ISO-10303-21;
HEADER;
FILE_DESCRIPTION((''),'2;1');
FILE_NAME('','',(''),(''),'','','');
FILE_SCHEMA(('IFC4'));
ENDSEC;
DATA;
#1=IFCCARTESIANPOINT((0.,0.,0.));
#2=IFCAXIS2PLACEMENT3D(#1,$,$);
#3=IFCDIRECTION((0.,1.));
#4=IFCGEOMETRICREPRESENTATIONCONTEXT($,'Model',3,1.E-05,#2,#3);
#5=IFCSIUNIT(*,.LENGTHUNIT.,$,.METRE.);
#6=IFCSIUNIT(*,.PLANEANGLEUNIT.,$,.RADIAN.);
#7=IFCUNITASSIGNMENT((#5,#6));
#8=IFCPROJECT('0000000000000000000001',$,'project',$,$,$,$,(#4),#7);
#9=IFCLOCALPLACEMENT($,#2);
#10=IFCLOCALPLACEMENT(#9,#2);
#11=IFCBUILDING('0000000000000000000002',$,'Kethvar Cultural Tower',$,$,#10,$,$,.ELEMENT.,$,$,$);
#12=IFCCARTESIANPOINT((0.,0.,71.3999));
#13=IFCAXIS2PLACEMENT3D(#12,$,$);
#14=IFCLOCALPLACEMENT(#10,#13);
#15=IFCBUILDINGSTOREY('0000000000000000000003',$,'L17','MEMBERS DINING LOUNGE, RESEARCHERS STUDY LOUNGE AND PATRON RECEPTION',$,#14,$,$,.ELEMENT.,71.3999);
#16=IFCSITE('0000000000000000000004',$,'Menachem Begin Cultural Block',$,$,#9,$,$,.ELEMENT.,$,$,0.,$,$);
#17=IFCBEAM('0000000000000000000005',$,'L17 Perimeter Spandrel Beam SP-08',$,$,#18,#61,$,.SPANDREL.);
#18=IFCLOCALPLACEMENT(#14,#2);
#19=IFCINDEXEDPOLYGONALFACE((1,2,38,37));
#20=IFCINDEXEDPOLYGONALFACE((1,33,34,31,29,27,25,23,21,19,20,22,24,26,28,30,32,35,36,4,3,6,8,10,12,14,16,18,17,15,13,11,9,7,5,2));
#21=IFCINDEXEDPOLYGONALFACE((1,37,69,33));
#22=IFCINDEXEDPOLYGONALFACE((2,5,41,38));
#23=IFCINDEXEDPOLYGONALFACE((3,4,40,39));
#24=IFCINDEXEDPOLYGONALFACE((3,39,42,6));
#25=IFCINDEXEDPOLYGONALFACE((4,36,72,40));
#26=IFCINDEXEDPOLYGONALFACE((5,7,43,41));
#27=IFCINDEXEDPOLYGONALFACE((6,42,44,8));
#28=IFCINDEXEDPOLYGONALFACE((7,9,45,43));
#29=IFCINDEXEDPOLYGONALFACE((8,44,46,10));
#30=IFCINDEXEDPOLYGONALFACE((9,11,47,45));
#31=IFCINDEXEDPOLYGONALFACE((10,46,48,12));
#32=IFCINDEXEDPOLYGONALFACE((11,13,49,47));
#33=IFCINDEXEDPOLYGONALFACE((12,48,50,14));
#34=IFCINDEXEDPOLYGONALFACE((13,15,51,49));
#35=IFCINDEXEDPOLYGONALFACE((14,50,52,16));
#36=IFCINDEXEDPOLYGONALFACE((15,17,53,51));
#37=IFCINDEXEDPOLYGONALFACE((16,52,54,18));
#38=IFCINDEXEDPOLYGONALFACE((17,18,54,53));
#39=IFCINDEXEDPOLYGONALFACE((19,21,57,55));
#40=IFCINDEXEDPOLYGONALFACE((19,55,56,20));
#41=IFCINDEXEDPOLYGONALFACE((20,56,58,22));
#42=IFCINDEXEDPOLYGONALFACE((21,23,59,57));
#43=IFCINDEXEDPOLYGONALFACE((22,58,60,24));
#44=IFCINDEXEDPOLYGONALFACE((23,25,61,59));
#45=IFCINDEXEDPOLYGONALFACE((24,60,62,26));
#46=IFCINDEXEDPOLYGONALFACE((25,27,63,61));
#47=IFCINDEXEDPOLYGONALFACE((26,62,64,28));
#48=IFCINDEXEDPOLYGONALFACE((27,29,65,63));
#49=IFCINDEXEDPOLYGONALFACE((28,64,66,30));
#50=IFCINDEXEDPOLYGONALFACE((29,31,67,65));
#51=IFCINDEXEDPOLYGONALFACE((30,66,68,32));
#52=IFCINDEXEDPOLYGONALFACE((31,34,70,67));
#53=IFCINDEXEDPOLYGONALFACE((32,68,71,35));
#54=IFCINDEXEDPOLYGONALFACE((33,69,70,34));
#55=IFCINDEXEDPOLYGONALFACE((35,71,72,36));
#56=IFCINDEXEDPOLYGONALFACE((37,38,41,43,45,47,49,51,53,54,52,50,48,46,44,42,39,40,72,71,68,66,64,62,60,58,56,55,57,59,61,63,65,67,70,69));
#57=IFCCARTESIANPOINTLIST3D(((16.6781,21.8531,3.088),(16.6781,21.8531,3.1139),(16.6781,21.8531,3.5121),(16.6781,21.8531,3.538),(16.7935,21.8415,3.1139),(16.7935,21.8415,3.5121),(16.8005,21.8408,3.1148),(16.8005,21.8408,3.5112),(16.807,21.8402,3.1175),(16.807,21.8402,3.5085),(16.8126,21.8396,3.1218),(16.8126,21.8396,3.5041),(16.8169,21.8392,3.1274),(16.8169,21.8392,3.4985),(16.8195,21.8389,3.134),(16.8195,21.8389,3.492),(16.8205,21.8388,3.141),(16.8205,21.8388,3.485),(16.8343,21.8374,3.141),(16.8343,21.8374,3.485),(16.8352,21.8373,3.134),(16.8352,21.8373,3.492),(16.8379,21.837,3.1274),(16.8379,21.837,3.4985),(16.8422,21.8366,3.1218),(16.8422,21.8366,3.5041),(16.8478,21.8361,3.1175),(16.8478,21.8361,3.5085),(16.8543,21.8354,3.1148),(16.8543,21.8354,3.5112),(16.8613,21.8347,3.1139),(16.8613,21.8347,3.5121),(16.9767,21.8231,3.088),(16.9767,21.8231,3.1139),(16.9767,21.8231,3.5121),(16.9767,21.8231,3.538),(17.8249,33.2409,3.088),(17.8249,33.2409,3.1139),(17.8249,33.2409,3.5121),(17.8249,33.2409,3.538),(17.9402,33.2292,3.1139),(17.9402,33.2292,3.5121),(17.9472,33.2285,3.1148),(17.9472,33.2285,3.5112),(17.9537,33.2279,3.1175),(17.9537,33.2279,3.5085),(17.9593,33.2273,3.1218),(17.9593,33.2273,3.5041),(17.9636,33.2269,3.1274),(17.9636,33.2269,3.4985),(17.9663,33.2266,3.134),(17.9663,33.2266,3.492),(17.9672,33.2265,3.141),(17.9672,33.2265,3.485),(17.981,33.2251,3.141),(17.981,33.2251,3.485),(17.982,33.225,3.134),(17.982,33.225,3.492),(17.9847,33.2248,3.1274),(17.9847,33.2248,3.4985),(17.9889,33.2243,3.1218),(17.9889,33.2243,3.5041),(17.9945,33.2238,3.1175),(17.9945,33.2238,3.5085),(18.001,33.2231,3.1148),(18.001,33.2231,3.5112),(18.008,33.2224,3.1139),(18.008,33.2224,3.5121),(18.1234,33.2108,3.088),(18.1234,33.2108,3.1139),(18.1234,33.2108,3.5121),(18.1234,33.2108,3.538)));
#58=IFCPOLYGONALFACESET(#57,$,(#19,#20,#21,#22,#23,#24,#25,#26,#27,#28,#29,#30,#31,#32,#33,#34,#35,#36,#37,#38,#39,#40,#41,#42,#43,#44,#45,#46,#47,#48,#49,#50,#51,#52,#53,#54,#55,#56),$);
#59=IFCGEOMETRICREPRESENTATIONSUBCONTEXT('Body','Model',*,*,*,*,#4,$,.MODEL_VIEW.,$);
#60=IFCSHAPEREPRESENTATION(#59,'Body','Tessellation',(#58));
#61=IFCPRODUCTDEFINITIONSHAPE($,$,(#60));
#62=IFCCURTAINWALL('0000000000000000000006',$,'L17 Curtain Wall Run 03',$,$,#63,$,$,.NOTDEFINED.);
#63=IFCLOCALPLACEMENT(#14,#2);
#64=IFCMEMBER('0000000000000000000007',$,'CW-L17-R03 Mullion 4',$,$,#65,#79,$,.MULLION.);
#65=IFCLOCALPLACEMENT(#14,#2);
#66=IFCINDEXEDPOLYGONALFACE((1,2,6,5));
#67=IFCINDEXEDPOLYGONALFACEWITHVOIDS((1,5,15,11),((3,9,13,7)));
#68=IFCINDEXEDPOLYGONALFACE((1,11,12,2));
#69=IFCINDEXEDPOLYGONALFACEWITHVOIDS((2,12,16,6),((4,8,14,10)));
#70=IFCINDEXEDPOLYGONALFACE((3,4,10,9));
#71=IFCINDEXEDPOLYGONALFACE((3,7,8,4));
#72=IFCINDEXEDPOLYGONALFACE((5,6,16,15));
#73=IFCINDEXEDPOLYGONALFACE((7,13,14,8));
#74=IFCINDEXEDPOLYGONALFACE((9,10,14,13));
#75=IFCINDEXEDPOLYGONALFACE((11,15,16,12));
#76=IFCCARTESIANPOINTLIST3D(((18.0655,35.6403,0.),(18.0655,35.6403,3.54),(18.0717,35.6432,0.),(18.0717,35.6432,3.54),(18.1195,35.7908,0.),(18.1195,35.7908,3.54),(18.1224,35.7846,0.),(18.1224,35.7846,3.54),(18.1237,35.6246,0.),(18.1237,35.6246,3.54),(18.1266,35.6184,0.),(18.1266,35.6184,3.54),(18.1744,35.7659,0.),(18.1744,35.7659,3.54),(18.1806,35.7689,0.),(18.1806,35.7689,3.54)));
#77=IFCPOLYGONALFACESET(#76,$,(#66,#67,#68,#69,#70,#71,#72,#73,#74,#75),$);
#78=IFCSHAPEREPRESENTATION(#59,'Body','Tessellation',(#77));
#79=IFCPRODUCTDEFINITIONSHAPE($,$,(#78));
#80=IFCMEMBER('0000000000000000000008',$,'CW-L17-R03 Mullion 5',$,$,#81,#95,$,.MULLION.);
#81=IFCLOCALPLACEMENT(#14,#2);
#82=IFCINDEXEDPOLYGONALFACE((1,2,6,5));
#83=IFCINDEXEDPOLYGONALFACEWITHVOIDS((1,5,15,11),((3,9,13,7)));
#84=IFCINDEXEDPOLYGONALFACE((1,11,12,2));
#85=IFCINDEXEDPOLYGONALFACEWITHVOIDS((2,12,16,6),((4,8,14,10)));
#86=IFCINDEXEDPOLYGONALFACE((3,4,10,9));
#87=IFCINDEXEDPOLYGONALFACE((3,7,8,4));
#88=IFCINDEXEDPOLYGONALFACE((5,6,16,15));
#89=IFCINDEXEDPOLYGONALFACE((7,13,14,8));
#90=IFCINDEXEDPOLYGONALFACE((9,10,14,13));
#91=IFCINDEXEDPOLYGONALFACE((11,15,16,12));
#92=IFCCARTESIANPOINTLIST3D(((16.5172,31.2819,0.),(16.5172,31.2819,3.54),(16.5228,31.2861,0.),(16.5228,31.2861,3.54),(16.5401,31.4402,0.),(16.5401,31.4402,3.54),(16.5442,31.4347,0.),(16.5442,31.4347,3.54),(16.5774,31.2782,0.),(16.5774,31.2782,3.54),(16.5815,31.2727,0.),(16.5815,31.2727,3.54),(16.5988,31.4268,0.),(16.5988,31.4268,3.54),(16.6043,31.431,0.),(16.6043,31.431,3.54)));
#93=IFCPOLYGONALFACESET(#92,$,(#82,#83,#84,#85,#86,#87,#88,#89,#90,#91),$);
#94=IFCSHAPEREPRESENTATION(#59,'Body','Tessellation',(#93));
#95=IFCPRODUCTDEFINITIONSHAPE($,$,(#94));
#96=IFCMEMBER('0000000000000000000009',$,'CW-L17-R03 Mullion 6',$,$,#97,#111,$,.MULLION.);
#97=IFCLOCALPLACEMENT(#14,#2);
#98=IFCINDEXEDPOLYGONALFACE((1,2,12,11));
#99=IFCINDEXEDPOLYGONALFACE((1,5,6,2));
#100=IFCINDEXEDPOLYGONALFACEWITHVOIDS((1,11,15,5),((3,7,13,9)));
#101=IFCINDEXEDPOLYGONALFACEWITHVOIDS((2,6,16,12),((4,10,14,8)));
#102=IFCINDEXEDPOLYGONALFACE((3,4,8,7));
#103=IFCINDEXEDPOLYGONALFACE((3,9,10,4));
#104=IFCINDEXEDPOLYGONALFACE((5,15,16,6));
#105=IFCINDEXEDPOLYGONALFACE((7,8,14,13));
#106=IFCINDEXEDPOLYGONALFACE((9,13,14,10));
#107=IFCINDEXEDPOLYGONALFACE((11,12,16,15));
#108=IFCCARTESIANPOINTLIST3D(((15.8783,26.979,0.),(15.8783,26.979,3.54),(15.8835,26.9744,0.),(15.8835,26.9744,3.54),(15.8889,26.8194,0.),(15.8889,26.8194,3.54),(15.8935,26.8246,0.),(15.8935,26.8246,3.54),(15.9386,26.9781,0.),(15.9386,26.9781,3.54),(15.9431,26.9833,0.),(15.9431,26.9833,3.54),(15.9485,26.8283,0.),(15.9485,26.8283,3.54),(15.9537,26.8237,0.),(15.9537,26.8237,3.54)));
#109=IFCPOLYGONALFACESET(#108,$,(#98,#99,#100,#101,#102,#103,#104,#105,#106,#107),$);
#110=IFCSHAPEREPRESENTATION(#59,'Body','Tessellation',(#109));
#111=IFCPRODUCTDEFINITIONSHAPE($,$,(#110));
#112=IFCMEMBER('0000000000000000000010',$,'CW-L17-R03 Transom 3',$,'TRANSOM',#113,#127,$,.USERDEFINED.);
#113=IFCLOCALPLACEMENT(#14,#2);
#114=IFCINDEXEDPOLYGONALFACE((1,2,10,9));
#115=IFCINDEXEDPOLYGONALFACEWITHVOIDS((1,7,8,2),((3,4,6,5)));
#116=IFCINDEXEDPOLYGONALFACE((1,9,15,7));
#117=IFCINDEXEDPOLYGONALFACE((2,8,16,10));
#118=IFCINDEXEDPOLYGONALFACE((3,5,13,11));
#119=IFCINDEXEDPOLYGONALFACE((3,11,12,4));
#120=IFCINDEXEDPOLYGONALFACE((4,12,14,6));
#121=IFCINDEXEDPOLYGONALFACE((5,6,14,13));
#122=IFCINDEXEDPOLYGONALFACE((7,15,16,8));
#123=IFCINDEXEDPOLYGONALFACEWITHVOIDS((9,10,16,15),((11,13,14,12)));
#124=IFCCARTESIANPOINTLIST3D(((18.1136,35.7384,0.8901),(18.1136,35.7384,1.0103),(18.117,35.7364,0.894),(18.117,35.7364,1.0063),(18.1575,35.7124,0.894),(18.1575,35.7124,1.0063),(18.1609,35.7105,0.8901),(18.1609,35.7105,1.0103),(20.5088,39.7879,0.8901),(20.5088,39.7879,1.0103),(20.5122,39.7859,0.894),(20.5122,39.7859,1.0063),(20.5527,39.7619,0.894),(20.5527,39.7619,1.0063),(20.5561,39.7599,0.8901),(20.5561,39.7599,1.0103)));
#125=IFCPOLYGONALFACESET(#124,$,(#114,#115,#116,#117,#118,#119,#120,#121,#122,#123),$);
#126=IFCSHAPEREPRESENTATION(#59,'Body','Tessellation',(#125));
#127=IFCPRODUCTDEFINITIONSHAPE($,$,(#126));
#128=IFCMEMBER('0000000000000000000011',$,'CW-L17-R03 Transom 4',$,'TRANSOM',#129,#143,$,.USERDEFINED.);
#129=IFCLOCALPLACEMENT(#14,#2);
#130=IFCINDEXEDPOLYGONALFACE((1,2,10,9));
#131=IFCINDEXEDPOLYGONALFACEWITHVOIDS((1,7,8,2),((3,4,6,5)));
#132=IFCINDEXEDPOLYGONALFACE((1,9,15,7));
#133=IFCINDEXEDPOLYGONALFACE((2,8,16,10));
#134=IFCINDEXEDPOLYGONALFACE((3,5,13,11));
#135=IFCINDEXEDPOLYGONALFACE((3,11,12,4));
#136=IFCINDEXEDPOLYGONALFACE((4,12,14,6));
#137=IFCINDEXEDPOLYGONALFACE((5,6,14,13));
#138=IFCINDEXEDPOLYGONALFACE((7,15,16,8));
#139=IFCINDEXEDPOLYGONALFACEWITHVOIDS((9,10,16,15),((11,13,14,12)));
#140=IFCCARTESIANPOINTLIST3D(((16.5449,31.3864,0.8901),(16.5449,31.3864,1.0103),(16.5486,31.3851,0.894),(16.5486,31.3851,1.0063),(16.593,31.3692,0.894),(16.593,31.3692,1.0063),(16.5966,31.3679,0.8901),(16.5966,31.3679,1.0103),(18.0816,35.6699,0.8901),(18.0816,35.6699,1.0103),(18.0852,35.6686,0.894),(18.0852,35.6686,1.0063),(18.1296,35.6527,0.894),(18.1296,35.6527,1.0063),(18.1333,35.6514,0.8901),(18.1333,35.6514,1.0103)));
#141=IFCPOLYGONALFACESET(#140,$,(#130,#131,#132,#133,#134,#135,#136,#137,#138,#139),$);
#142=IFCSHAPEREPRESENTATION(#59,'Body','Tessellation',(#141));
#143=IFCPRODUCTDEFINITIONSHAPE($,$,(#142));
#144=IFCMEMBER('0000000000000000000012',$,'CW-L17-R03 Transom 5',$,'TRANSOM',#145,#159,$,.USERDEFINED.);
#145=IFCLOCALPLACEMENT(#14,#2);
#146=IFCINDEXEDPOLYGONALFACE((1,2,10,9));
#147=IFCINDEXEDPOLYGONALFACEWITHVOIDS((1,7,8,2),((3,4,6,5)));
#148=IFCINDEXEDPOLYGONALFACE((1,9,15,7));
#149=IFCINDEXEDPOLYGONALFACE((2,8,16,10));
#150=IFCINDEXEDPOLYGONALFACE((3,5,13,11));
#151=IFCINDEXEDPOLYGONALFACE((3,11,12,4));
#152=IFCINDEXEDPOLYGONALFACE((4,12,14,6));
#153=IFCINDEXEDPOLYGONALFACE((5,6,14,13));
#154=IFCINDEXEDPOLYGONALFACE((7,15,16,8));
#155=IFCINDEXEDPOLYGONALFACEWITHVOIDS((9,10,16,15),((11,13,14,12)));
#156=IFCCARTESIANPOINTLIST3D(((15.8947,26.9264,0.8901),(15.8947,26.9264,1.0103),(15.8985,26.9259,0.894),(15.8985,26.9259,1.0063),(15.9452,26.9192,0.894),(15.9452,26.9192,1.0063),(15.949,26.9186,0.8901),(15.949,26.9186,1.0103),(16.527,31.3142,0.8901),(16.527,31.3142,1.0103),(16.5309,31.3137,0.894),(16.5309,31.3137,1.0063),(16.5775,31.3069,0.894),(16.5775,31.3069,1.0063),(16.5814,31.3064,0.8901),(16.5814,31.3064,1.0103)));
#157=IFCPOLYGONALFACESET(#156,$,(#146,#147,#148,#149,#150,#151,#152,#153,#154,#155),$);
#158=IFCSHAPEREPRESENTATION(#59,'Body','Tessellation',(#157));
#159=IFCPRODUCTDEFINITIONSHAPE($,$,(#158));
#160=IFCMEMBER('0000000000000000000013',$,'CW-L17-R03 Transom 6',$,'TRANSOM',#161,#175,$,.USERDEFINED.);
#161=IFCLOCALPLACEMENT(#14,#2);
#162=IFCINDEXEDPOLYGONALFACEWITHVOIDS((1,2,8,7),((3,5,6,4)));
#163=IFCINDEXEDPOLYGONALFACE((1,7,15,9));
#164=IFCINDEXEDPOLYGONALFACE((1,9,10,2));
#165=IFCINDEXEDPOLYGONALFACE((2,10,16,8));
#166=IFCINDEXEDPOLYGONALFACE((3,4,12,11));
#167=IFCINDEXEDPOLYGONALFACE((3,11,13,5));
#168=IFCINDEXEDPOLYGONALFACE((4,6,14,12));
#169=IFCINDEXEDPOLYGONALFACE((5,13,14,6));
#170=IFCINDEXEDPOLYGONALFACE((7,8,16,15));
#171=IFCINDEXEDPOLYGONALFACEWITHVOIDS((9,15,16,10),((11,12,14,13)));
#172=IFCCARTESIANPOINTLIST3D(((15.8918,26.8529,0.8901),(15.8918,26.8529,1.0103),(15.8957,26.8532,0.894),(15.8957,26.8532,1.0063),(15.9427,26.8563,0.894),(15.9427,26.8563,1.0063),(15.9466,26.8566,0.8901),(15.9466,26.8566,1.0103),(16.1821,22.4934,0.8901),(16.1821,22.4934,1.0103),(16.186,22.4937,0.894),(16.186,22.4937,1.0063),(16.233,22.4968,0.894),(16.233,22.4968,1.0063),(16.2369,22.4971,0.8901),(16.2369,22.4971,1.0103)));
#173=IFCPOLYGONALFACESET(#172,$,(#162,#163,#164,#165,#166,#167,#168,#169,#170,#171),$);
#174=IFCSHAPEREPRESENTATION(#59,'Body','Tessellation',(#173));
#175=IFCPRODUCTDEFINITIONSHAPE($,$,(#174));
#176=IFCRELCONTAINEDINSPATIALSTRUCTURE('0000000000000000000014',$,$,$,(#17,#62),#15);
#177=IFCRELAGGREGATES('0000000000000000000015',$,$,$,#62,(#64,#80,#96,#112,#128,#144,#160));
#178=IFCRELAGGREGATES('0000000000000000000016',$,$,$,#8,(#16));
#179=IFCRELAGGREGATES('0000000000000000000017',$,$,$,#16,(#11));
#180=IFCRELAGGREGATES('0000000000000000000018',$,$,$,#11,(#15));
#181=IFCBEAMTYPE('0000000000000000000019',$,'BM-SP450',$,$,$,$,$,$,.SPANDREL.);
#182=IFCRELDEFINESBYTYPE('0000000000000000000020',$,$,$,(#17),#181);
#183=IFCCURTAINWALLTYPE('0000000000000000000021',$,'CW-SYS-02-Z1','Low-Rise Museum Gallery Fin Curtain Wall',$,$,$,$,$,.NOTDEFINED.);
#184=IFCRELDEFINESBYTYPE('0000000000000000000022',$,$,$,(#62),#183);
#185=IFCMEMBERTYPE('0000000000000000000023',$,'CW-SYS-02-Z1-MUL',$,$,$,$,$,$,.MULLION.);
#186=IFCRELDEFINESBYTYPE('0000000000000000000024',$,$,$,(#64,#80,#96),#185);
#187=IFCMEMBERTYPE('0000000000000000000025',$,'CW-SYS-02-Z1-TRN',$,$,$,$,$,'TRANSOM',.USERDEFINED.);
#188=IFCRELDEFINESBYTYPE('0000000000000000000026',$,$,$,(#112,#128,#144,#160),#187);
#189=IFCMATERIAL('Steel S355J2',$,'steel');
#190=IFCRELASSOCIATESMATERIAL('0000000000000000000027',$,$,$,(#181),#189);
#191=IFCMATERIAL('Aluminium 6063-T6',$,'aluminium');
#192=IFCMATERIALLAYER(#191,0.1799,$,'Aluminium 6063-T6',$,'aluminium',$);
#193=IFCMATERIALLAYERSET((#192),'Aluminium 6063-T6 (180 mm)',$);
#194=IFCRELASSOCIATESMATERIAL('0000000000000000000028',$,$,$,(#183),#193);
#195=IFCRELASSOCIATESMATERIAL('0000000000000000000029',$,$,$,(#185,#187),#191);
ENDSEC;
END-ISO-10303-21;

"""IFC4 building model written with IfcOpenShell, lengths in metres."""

from ifc_helpers import new_model, si_unit, direction, frame, origin, origin_2d, place, context, subcontext, project, spatial, hollow_rectangle, i_section, extrude, source, transform, mapped, material, layer, layer_set, material_profile, profile_set, type_object, element, aggregate, save


model = new_model("IFC4")

# Units and contexts
model_context = context("Model", 3, precision=1e-05, world=origin(), true_north=direction((0.0, 1.0)))
body_context = subcontext(model_context, "Body", "Model", "MODEL_VIEW")
ifc_project = project(units=[si_unit("LENGTHUNIT", "METRE"), si_unit("PLANEANGLEUNIT", "RADIAN")], contexts=[model_context])

# Site, building, storey
site_placement = place(None, origin())
site = spatial("IfcSite", under=ifc_project, at=site_placement, Name="Menachem Begin Cultural Block", CompositionType="ELEMENT", RefElevation=0.0)
building_placement = place(site_placement, origin())
building = spatial("IfcBuilding", under=site, at=building_placement, Name="Kethvar Cultural Tower", CompositionType="ELEMENT")
storey_placement = place(building_placement, frame((0.0, 0.0, 71.3999)))
storey = spatial("IfcBuildingStorey", under=building, at=storey_placement, Name="L17", Description="MEMBERS DINING LOUNGE, RESEARCHERS STUDY LOUNGE AND PATRON RECEPTION", CompositionType="ELEMENT", Elevation=71.3999)

# Beam
ifc_material_1 = material(Name="Steel S355J2", Category="steel")
ifc_material_profile_1 = material_profile(ifc_material_1, i_section(OverallWidth=0.3, OverallDepth=0.45, WebThickness=0.0139, FlangeThickness=0.0259, FilletRadius=0.0271, at=origin_2d()), Name="Steel S355J2 — HEB450")
ifc_profile_set_1 = profile_set([ifc_material_profile_1], Name="Steel S355J2 — HEB450")
beam_type_1 = type_object("IfcBeamType", Name="BM-SP450", PredefinedType="SPANDREL", material=ifc_profile_set_1)
shared_shape_1 = source(origin(), body_context, "Body", "SweptSolid", [
    extrude(i_section(OverallWidth=0.3, OverallDepth=0.45, WebThickness=0.0139, FlangeThickness=0.0259, FilletRadius=0.0271, at=origin_2d()), origin(), (0.0, 0.0, 1.0), 11.4453),
])
beam_1_placement = place(storey_placement, frame((17.9741, 33.2258, 3.313), z_axis=(-0.100192, -0.994968, 0.0), x_axis=(0.994968, -0.100192, 0.0)))
element("IfcBeam", 1, at=beam_1_placement, inside=storey, type_object=beam_type_1, Name="L17 Perimeter Spandrel Beam SP-08", PredefinedType="SPANDREL", context=body_context, shape_type="MappedRepresentation", body=[
    mapped(shared_shape_1, transform((0.0, 0.0, 0.0), scale=1.0)),
])

# Curtain wall, members
ifc_material_2 = material(Name="Aluminium 6063-T6", Category="aluminium")
ifc_layer_1 = layer(ifc_material_2, 0.1799, Name="Aluminium 6063-T6", Category="aluminium")
ifc_layer_set_1 = layer_set([ifc_layer_1], Name="Aluminium 6063-T6 (180 mm)")
curtain_wall_type = type_object("IfcCurtainWallType", Name="CW-SYS-02-Z1", Description="Low-Rise Museum Gallery Fin Curtain Wall", PredefinedType="NOTDEFINED", material=ifc_layer_set_1)
curtain_wall_placement = place(storey_placement, origin())
curtain_wall = element("IfcCurtainWall", 2, at=curtain_wall_placement, inside=storey, type_object=curtain_wall_type, Name="L17 Curtain Wall Run 03", PredefinedType="NOTDEFINED")
ifc_material_profile_2 = material_profile(ifc_material_2, hollow_rectangle(XDim=0.0649, YDim=0.1599, WallThickness=0.0049, at=origin_2d()), Name="Aluminium 6063-T6 — RHS160x65x5")
ifc_profile_set_2 = profile_set([ifc_material_profile_2], Name="Aluminium 6063-T6 — RHS160x65x5")
member_type_1 = type_object("IfcMemberType", Name="CW-SYS-02-Z1-MUL", PredefinedType="MULLION", material=ifc_profile_set_2)
shared_shape_2 = source(origin(), body_context, "Body", "SweptSolid", [
    extrude(hollow_rectangle(XDim=0.0649, YDim=0.1599, WallThickness=0.0049, at=origin_2d()), origin(), (0.0, 0.0, 1.0), 3.54),
])
member_1_placement = place(storey_placement, frame((18.123, 35.7046, 0.0), z_axis=(0.0, 0.0, 1.0), x_axis=(0.941282, -0.337621, 0.0)))
member_1 = element("IfcMember", 3, at=member_1_placement, type_object=member_type_1, Name="CW-L17-R03 Mullion 4", PredefinedType="MULLION", context=body_context, shape_type="MappedRepresentation", body=[
    mapped(shared_shape_2, transform((0.0, 0.0, 0.0), scale=1.0)),
])
member_2_placement = place(storey_placement, frame((16.5608, 31.3564, 0.0), z_axis=(0.0, 0.0, 1.0), x_axis=(0.989774, -0.142646, 0.0)))
member_2 = element("IfcMember", 4, at=member_2_placement, type_object=member_type_1, Name="CW-L17-R03 Mullion 5", PredefinedType="MULLION", context=body_context, shape_type="MappedRepresentation", body=[
    mapped(shared_shape_2, transform((0.0, 0.0, 0.0), scale=1.0)),
])
member_3_placement = place(storey_placement, frame((15.916, 26.9014, 0.0), z_axis=(0.0, 0.0, 1.0), x_axis=(0.997792, 0.066413, 0.0)))
member_3 = element("IfcMember", 5, at=member_3_placement, type_object=member_type_1, Name="CW-L17-R03 Mullion 6", PredefinedType="MULLION", context=body_context, shape_type="MappedRepresentation", body=[
    mapped(shared_shape_2, transform((0.0, 0.0, 0.0), scale=1.0)),
])
ifc_material_profile_3 = material_profile(ifc_material_2, hollow_rectangle(XDim=0.0549, YDim=0.1201, WallThickness=0.0039, at=origin_2d()), Name="Aluminium 6063-T6 — RHS120x55x4")
ifc_profile_set_3 = profile_set([ifc_material_profile_3], Name="Aluminium 6063-T6 — RHS120x55x4")
member_type_2 = type_object("IfcMemberType", Name="CW-SYS-02-Z1-TRN", ElementType="TRANSOM", PredefinedType="USERDEFINED", material=ifc_profile_set_3)
shared_shape_3 = source(origin(), body_context, "Body", "SweptSolid", [
    extrude(hollow_rectangle(XDim=0.0549, YDim=0.1201, WallThickness=0.0039, at=origin_2d()), origin(), (0.0, 0.0, 1.0), 4.7048),
])
member_4_placement = place(storey_placement, frame((20.5325, 39.7739, 0.9502), z_axis=(-0.509098, -0.860708, 0.0), x_axis=(0.860708, -0.509098, 0.0)))
member_4 = element("IfcMember", 6, at=member_4_placement, type_object=member_type_2, Name="CW-L17-R03 Transom 3", ObjectType="TRANSOM", PredefinedType="USERDEFINED", context=body_context, shape_type="MappedRepresentation", body=[
    mapped(shared_shape_3, transform((0.0, 0.0, 0.0), scale=1.0)),
])
shared_shape_4 = source(origin(), body_context, "Body", "SweptSolid", [
    extrude(hollow_rectangle(XDim=0.0549, YDim=0.1201, WallThickness=0.0039, at=origin_2d()), origin(), (0.0, 0.0, 1.0), 4.5508),
])
member_5_placement = place(storey_placement, frame((18.1074, 35.6606, 0.9502), z_axis=(-0.337665, -0.941266, 0.0), x_axis=(0.941266, -0.337665, 0.0)))
member_5 = element("IfcMember", 7, at=member_5_placement, type_object=member_type_2, Name="CW-L17-R03 Transom 4", ObjectType="TRANSOM", PredefinedType="USERDEFINED", context=body_context, shape_type="MappedRepresentation", body=[
    mapped(shared_shape_4, transform((0.0, 0.0, 0.0), scale=1.0)),
])
shared_shape_5 = source(origin(), body_context, "Body", "SweptSolid", [
    extrude(hollow_rectangle(XDim=0.0549, YDim=0.1201, WallThickness=0.0039, at=origin_2d()), origin(), (0.0, 0.0, 1.0), 4.4331),
])
member_6_placement = place(storey_placement, frame((16.5542, 31.3103, 0.9502), z_axis=(-0.142639, -0.989775, 0.0), x_axis=(0.989775, -0.142639, 0.0)))
member_6 = element("IfcMember", 8, at=member_6_placement, type_object=member_type_2, Name="CW-L17-R03 Transom 5", ObjectType="TRANSOM", PredefinedType="USERDEFINED", context=body_context, shape_type="MappedRepresentation", body=[
    mapped(shared_shape_5, transform((0.0, 0.0, 0.0), scale=1.0)),
])
shared_shape_6 = source(origin(), body_context, "Body", "SweptSolid", [
    extrude(hollow_rectangle(XDim=0.0549, YDim=0.1201, WallThickness=0.0039, at=origin_2d()), origin(), (0.0, 0.0, 1.0), 4.3691),
])
member_7_placement = place(storey_placement, frame((15.9192, 26.8547, 0.9502), z_axis=(0.066441, -0.99779, 0.0), x_axis=(0.99779, 0.066441, 0.0)))
member_7 = element("IfcMember", 9, at=member_7_placement, type_object=member_type_2, Name="CW-L17-R03 Transom 6", ObjectType="TRANSOM", PredefinedType="USERDEFINED", context=body_context, shape_type="MappedRepresentation", body=[
    mapped(shared_shape_6, transform((0.0, 0.0, 0.0), scale=1.0)),
])
aggregate(curtain_wall, [member_1, member_2, member_3, member_4, member_5, member_6, member_7])

save(model, "model.ifc")
